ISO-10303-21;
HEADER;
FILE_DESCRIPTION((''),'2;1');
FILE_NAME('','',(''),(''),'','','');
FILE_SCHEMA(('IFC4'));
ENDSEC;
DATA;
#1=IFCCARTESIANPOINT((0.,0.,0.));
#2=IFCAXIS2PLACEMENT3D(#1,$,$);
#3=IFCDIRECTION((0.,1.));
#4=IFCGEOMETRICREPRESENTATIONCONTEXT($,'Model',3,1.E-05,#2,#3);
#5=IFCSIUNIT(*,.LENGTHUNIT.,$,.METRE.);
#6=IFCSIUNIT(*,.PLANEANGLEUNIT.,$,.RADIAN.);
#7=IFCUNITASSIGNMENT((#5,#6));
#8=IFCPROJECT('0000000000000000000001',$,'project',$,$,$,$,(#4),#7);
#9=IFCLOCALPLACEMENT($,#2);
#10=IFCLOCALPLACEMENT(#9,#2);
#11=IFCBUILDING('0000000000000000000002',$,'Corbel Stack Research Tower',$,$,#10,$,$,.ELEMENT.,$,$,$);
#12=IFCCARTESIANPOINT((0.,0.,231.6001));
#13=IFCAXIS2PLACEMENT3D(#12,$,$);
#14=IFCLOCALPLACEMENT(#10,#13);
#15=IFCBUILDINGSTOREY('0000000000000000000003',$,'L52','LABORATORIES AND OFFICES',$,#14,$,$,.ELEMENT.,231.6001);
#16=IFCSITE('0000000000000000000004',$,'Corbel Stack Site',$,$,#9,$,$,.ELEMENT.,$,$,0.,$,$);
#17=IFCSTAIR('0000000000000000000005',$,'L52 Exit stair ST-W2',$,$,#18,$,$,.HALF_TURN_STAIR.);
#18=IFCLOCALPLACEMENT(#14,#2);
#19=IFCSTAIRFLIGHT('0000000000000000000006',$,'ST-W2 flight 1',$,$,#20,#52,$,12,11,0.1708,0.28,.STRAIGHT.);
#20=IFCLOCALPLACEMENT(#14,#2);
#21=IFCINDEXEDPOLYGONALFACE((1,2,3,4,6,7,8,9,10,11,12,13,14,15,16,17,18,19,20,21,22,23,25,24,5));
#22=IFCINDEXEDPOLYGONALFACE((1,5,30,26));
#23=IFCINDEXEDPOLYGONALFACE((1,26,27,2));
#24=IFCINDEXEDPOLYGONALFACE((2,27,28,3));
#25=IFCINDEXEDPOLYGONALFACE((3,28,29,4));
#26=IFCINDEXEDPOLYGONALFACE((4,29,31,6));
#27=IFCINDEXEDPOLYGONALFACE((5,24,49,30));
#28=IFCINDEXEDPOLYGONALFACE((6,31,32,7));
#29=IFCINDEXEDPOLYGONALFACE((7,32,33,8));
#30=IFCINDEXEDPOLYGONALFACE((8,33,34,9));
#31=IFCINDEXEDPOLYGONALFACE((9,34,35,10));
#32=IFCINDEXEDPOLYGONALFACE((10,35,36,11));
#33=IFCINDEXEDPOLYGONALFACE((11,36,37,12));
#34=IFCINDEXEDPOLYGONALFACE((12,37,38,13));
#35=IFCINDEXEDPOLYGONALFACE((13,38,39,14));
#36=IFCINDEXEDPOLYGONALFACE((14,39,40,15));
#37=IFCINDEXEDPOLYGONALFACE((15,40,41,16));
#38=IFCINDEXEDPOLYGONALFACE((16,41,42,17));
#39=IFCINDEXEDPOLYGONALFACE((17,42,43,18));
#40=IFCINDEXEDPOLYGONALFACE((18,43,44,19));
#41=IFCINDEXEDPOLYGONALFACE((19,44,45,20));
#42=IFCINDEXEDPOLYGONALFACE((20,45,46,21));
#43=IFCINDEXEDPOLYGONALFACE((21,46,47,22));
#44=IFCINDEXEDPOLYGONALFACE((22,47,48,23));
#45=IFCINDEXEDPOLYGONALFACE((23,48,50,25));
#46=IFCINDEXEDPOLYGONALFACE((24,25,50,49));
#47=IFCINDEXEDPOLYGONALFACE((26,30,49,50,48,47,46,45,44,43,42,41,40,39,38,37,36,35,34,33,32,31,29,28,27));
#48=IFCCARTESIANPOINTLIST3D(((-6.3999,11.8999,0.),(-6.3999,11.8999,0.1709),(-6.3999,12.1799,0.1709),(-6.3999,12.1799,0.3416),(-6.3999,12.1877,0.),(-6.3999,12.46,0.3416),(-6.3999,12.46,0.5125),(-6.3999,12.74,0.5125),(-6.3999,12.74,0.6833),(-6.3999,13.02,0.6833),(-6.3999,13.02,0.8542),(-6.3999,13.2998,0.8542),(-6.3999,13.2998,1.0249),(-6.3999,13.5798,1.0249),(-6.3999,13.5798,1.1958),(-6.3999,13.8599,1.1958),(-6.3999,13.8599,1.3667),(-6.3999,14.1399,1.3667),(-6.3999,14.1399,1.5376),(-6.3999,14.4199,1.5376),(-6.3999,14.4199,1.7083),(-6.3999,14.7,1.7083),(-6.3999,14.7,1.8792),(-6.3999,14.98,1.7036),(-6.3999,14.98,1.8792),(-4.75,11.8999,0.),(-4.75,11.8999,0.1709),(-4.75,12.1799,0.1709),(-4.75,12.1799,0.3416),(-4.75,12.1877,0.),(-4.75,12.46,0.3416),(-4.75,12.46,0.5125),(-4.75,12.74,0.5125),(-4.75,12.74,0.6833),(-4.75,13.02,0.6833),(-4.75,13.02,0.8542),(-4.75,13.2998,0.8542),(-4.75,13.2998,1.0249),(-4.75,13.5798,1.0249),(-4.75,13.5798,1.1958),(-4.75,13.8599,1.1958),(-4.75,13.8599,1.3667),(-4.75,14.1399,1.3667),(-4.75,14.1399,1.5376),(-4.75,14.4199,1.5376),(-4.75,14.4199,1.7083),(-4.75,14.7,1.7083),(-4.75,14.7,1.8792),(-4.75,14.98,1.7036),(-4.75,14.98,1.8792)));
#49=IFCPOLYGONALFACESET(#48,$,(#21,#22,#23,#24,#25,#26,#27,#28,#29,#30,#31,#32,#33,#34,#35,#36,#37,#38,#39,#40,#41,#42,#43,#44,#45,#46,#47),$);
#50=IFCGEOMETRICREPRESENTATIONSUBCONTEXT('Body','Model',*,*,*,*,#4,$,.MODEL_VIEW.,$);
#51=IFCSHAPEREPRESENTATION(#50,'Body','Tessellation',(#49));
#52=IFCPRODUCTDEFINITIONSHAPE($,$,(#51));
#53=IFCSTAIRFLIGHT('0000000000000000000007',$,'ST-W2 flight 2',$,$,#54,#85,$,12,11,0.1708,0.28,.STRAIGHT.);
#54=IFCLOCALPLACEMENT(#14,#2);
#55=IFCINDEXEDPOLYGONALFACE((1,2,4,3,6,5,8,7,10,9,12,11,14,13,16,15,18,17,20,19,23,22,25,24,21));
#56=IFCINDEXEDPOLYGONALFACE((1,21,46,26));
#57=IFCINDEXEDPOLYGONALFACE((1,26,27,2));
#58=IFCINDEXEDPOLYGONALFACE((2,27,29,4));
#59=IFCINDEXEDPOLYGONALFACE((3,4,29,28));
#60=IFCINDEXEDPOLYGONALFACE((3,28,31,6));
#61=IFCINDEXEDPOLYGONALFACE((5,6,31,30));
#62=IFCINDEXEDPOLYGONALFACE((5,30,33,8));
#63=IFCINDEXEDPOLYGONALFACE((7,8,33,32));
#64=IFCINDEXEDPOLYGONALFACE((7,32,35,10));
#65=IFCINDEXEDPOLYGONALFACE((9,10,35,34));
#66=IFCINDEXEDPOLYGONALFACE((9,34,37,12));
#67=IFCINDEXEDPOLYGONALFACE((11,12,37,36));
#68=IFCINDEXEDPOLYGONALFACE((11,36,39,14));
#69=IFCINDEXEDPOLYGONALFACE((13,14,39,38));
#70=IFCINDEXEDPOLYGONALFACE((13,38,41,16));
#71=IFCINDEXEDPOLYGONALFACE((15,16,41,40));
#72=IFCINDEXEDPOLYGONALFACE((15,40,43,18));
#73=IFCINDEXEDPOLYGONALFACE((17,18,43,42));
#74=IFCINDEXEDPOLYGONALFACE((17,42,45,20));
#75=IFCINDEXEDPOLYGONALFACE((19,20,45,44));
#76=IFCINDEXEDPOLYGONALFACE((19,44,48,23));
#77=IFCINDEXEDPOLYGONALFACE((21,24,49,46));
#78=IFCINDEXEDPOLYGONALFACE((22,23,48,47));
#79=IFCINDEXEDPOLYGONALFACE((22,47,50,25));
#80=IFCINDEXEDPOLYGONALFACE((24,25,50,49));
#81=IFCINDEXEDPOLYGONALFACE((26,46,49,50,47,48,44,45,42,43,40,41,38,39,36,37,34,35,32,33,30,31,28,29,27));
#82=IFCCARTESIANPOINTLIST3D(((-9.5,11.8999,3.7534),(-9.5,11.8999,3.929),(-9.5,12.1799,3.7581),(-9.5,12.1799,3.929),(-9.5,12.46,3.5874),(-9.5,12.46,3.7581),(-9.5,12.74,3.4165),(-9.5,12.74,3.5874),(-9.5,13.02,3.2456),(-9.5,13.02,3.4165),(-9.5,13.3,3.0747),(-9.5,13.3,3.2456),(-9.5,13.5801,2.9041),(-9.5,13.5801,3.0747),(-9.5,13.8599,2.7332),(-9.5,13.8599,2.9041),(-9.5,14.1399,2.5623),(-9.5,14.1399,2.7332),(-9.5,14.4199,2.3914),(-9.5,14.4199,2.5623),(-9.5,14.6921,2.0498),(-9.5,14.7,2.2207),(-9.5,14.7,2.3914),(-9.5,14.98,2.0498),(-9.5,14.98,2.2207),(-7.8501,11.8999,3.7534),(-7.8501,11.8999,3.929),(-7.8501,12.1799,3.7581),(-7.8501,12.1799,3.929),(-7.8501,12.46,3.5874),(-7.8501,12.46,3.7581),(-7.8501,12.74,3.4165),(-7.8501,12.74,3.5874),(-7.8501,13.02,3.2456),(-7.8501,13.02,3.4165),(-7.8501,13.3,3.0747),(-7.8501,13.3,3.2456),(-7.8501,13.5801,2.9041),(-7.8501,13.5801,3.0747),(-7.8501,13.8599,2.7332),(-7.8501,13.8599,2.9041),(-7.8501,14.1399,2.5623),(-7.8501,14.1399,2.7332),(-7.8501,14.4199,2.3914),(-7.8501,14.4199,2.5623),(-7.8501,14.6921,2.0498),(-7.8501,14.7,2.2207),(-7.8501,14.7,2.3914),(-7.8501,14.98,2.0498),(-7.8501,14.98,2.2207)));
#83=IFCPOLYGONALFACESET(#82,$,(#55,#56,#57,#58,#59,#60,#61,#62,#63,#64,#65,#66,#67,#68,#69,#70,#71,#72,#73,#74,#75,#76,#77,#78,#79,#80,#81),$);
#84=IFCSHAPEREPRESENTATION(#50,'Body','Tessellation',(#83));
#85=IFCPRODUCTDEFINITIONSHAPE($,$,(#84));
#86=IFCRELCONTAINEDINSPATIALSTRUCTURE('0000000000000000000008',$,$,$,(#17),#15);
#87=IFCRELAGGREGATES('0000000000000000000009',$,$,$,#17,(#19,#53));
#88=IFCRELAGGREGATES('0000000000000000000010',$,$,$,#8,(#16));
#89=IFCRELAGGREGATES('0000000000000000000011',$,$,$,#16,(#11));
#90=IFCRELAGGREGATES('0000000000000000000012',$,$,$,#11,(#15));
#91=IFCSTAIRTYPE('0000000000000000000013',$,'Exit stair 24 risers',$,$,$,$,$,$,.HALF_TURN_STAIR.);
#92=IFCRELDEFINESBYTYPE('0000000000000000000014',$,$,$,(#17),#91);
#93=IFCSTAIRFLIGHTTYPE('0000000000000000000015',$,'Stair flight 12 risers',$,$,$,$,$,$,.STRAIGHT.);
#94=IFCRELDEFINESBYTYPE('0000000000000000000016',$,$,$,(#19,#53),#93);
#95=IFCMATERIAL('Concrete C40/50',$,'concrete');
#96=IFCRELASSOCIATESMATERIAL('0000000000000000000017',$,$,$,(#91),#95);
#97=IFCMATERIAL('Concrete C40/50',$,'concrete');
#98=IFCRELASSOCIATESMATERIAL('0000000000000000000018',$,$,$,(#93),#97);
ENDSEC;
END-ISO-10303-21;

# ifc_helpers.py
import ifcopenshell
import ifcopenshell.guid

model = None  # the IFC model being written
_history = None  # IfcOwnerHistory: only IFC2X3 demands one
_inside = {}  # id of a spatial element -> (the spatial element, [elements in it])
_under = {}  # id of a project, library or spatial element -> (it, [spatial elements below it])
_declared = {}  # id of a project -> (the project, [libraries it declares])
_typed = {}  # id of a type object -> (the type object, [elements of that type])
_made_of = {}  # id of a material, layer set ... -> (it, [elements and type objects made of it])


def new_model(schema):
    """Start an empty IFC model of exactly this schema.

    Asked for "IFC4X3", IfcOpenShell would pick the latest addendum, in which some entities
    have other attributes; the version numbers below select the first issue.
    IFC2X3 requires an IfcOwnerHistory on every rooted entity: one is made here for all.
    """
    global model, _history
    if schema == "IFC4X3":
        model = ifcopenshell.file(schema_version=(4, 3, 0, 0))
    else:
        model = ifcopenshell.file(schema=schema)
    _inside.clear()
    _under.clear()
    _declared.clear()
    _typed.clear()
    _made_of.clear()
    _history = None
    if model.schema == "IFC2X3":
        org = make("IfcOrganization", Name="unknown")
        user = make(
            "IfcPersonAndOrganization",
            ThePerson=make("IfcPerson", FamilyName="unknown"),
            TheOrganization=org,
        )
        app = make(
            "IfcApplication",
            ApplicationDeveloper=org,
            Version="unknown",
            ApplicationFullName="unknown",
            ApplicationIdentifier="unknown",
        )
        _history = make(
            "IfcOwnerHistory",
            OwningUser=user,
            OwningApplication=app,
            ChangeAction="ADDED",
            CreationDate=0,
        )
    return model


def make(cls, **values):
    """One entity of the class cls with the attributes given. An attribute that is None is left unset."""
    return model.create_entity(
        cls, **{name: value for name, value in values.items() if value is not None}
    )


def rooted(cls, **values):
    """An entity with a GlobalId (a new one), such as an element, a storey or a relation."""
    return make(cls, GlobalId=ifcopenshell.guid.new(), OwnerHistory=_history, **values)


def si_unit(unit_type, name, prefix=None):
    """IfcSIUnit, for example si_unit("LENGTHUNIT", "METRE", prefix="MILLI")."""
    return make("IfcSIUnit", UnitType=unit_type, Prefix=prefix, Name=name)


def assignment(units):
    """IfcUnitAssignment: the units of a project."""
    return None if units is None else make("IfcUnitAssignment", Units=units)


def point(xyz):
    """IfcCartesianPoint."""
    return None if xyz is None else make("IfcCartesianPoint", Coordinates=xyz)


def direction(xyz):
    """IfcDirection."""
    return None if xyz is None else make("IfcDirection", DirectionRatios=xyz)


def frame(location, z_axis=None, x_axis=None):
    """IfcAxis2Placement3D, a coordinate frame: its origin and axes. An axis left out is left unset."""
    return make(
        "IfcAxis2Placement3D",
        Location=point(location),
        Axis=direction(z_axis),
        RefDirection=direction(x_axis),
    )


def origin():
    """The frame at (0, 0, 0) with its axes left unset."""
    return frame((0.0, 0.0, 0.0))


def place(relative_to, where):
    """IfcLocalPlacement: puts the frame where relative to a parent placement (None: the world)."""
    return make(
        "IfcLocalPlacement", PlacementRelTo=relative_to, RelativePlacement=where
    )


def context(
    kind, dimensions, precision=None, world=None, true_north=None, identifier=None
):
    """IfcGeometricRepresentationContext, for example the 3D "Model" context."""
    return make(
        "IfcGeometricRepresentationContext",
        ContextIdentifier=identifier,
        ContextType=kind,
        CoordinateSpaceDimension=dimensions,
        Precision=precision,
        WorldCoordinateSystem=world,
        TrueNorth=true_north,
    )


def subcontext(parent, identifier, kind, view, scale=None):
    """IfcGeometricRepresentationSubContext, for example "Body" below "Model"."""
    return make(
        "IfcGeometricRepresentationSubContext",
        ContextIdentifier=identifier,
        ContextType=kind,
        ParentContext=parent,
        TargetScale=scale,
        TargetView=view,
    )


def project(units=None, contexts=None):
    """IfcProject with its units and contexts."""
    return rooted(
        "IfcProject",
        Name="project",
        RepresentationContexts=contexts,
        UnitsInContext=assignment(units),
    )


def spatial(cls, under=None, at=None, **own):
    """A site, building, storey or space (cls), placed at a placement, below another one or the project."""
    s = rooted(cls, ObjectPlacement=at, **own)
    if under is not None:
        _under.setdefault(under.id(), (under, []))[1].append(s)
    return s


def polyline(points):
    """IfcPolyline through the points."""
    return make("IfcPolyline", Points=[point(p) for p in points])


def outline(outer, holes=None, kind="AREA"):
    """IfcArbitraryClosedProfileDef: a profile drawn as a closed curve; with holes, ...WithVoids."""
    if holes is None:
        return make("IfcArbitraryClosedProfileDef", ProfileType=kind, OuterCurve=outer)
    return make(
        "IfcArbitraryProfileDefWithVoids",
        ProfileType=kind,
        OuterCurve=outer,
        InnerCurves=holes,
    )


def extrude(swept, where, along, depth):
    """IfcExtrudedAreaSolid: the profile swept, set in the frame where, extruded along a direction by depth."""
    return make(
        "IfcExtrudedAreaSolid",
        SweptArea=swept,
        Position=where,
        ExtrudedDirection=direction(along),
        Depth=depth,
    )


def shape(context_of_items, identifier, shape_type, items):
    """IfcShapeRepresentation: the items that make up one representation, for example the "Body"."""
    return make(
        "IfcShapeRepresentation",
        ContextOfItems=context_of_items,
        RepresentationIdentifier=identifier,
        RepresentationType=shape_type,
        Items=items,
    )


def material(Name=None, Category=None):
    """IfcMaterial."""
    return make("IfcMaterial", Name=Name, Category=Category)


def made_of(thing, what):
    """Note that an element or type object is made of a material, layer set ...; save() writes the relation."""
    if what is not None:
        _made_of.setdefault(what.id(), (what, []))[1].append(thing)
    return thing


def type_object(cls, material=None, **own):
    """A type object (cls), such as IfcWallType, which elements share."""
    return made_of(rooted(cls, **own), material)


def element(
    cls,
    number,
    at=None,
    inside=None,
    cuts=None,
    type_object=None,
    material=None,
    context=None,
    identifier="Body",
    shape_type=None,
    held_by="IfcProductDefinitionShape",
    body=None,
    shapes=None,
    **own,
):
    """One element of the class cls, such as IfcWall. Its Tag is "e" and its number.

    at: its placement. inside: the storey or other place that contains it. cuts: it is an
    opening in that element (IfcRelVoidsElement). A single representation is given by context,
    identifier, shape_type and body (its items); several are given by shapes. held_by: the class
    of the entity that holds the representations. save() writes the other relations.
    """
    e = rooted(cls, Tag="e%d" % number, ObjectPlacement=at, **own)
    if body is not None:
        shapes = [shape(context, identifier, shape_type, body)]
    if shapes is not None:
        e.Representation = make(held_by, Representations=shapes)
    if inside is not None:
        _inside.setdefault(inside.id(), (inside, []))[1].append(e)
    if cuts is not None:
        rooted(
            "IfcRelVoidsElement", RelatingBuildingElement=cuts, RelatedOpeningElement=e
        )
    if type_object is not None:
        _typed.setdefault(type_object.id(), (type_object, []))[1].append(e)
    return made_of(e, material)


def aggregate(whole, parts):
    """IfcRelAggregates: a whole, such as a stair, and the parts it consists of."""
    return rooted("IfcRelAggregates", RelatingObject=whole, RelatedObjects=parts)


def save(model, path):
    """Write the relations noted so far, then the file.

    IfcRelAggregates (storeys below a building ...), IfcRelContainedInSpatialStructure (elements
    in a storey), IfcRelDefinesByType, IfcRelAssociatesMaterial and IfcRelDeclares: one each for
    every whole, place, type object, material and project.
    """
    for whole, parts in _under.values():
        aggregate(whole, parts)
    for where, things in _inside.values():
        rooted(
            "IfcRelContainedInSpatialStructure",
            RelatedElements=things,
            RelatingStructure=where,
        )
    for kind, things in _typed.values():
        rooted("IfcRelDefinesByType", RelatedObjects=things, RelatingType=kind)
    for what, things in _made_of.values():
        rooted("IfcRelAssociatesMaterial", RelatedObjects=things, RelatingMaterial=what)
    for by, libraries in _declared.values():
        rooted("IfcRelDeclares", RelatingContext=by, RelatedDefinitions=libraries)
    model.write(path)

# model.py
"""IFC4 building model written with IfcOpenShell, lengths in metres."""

from ifc_helpers import new_model, si_unit, direction, frame, origin, place, context, subcontext, project, spatial, polyline, outline, extrude, material, type_object, element, aggregate, save


model = new_model("IFC4")

# Units and contexts
model_context = context("Model", 3, precision=1e-05, world=origin(), true_north=direction((0.0, 1.0)))
body_context = subcontext(model_context, "Body", "Model", "MODEL_VIEW")
ifc_project = project(units=[si_unit("LENGTHUNIT", "METRE"), si_unit("PLANEANGLEUNIT", "RADIAN")], contexts=[model_context])

# Site, building, storey
site_placement = place(None, origin())
site = spatial("IfcSite", under=ifc_project, at=site_placement, Name="Corbel Stack Site", CompositionType="ELEMENT", RefElevation=0.0)
building_placement = place(site_placement, origin())
building = spatial("IfcBuilding", under=site, at=building_placement, Name="Corbel Stack Research Tower", CompositionType="ELEMENT")
storey_placement = place(building_placement, frame((0.0, 0.0, 231.6001)))
storey = spatial("IfcBuildingStorey", under=building, at=storey_placement, Name="L52", Description="LABORATORIES AND OFFICES", CompositionType="ELEMENT", Elevation=231.6001)

# Stair, stair flights
ifc_material_1 = material(Name="Concrete C40/50", Category="concrete")
stair_type = type_object("IfcStairType", Name="Exit stair 24 risers", PredefinedType="HALF_TURN_STAIR", material=ifc_material_1)
stair_placement = place(storey_placement, origin())
stair = element("IfcStair", 1, at=stair_placement, inside=storey, type_object=stair_type, Name="L52 Exit stair ST-W2", PredefinedType="HALF_TURN_STAIR")
ifc_material_2 = material(Name="Concrete C40/50", Category="concrete")
stair_flight_type = type_object("IfcStairFlightType", Name="Stair flight 12 risers", PredefinedType="STRAIGHT", material=ifc_material_2)
stair_flight_1_placement = place(storey_placement, frame((-5.575, 11.8999, 0.0), z_axis=(0.0, 0.0, 1.0), x_axis=(0.0, 1.0, 0.0)))
stair_flight_1 = element("IfcStairFlight", 2, at=stair_flight_1_placement, type_object=stair_flight_type, Name="ST-W2 flight 1", NumberOfRisers=12, NumberOfTreads=11, PredefinedType="STRAIGHT", RiserHeight=0.1708, TreadLength=0.28, context=body_context, shape_type="SweptSolid", body=[
    extrude(outline(polyline([(0.0, 0.0), (0.0, 0.1709), (0.28, 0.1709), (0.28, 0.3416), (0.5601, 0.3416), (0.5601, 0.5125), (0.8401, 0.5125), (0.8401, 0.6833), (1.1201, 0.6833), (1.1201, 0.8542), (1.3999, 0.8542), (1.3999, 1.0249), (1.6799, 1.0249), (1.6799, 1.1958), (1.96, 1.1958), (1.96, 1.3667), (2.24, 1.3667), (2.24, 1.5376), (2.52, 1.5376), (2.52, 1.7083), (2.8, 1.7083), (2.8, 1.8792), (3.0801, 1.8792), (3.0801, 2.05), (3.0801, 1.7036), (0.2878, 0.0), (0.0, 0.0)])), frame((0.0, 0.825, 0.0), z_axis=(0.0, -1.0, 0.0), x_axis=(1.0, 0.0, 0.0)), (0.0, 0.0, 1.0), 1.6499),
])
stair_flight_2_placement = place(storey_placement, frame((-8.675, 14.98, 2.0498), z_axis=(0.0, 0.0, 1.0), x_axis=(0.0, -1.0, 0.0)))
stair_flight_2 = element("IfcStairFlight", 3, at=stair_flight_2_placement, type_object=stair_flight_type, Name="ST-W2 flight 2", NumberOfRisers=12, NumberOfTreads=11, PredefinedType="STRAIGHT", RiserHeight=0.1708, TreadLength=0.28, context=body_context, shape_type="SweptSolid", body=[
    extrude(outline(polyline([(0.0, 0.0), (0.0, 0.1709), (0.28, 0.1709), (0.28, 0.3416), (0.5601, 0.3416), (0.5601, 0.5125), (0.8401, 0.5125), (0.8401, 0.6833), (1.1201, 0.6833), (1.1201, 0.8542), (1.3999, 0.8542), (1.3999, 1.0249), (1.6799, 1.0249), (1.6799, 1.1958), (1.96, 1.1958), (1.96, 1.3667), (2.24, 1.3667), (2.24, 1.5376), (2.52, 1.5376), (2.52, 1.7083), (2.8, 1.7083), (2.8, 1.8792), (3.0801, 1.8792), (3.0801, 2.05), (3.0801, 1.7036), (0.2878, 0.0), (0.0, 0.0)])), frame((0.0, 0.825, 0.0), z_axis=(0.0, -1.0, 0.0), x_axis=(1.0, 0.0, 0.0)), (0.0, 0.0, 1.0), 1.6499),
])
aggregate(stair, [stair_flight_1, stair_flight_2])

save(model, "model.ifc")
